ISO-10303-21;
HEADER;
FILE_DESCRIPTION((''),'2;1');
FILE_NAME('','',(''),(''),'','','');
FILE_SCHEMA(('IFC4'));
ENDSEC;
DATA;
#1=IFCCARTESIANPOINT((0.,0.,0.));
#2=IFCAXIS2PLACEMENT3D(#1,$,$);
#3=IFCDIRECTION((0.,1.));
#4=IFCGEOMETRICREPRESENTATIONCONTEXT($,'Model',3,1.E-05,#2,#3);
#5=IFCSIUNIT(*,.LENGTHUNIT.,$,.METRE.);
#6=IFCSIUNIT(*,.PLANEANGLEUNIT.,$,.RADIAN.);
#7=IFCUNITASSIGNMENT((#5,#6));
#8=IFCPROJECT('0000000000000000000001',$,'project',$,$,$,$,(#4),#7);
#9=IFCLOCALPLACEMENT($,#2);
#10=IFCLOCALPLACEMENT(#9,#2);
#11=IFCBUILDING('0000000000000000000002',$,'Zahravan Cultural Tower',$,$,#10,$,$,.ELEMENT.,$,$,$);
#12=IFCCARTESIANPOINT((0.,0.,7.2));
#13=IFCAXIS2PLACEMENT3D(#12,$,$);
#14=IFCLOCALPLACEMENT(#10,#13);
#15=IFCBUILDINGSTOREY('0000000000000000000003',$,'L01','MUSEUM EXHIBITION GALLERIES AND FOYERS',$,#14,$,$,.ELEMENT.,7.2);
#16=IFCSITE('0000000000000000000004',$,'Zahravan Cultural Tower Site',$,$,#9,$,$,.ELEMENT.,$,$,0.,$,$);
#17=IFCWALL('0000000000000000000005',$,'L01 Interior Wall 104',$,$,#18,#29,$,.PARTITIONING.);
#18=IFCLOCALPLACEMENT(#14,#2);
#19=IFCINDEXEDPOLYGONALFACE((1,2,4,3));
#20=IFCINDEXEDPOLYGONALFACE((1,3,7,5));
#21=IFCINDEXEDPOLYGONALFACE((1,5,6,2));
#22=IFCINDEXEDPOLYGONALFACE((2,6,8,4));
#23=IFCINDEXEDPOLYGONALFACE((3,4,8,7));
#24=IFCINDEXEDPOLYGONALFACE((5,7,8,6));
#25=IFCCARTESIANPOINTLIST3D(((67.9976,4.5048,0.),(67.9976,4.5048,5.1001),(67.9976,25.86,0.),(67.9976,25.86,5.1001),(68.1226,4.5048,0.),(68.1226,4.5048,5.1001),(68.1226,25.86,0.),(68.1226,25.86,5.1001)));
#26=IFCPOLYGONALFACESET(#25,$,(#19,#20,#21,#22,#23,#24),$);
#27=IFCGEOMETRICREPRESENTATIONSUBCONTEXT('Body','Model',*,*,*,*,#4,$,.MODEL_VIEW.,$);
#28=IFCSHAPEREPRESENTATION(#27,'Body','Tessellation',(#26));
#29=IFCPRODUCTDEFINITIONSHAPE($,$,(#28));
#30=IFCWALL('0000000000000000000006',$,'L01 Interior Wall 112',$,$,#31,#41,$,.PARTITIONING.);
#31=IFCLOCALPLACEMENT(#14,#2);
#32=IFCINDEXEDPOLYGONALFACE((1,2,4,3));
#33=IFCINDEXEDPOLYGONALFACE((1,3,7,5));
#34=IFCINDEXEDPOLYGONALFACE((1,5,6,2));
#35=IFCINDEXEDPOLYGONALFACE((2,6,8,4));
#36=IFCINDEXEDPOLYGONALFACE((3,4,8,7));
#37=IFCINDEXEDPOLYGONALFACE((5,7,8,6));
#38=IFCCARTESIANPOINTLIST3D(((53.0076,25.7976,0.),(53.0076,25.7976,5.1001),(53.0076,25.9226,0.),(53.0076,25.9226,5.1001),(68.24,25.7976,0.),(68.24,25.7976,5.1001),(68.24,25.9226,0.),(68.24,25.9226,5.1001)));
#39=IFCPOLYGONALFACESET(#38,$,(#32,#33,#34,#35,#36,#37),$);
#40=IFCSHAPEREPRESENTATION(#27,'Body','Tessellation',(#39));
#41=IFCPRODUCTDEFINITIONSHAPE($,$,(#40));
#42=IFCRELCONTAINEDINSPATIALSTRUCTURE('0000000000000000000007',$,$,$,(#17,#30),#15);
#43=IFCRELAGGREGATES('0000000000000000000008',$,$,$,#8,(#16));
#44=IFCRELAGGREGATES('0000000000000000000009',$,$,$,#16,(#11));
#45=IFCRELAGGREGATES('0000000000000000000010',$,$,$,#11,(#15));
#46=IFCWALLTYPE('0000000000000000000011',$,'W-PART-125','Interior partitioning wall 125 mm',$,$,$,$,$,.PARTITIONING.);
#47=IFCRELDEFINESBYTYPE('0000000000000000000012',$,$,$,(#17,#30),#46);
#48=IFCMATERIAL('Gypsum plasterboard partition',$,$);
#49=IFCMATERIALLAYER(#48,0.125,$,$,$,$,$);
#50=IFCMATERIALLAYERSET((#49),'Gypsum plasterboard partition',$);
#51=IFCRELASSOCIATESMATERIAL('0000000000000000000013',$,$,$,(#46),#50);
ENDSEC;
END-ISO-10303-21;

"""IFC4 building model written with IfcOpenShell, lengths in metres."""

from ifc_helpers import new_model, si_unit, direction, frame, frame_2d, origin, place, context, subcontext, project, spatial, rectangle, extrude, source, transform, mapped, material, layer, layer_set, type_object, element, save


model = new_model("IFC4")

# Units and contexts
model_context = context("Model", 3, precision=1e-05, world=origin(), true_north=direction((0.0, 1.0)))
body_context = subcontext(model_context, "Body", "Model", "MODEL_VIEW")
ifc_project = project(units=[si_unit("LENGTHUNIT", "METRE"), si_unit("PLANEANGLEUNIT", "RADIAN")], contexts=[model_context])

# Site, building, storey
site_placement = place(None, origin())
site = spatial("IfcSite", under=ifc_project, at=site_placement, Name="Zahravan Cultural Tower Site", CompositionType="ELEMENT", RefElevation=0.0)
building_placement = place(site_placement, origin())
building = spatial("IfcBuilding", under=site, at=building_placement, Name="Zahravan Cultural Tower", CompositionType="ELEMENT")
storey_placement = place(building_placement, frame((0.0, 0.0, 7.2)))
storey = spatial("IfcBuildingStorey", under=building, at=storey_placement, Name="L01", Description="MUSEUM EXHIBITION GALLERIES AND FOYERS", CompositionType="ELEMENT", Elevation=7.2)

# Walls
ifc_material_1 = material(Name="Gypsum plasterboard partition")
ifc_layer_1 = layer(ifc_material_1, 0.125)
ifc_layer_set_1 = layer_set([ifc_layer_1], Name="Gypsum plasterboard partition")
wall_type = type_object("IfcWallType", Name="W-PART-125", Description="Interior partitioning wall 125 mm", PredefinedType="PARTITIONING", material=ifc_layer_set_1)
shared_shape_1 = source(origin(), body_context, "Body", "SweptSolid", [
    extrude(rectangle(XDim=21.3552, YDim=0.125, at=frame_2d((10.6777, 0.0))), origin(), (0.0, 0.0, 1.0), 5.1001),
])
wall_1_placement = place(storey_placement, frame((68.0601, 25.8601, 0.0), z_axis=(0.0, 0.0, 1.0), x_axis=(0.0, -1.0, 0.0)))
element("IfcWall", 1, at=wall_1_placement, inside=storey, type_object=wall_type, Name="L01 Interior Wall 104", PredefinedType="PARTITIONING", context=body_context, shape_type="MappedRepresentation", body=[
    mapped(shared_shape_1, transform((0.0, 0.0, 0.0), x_axis=(1.0, 0.0, 0.0), y_axis=(0.0, 1.0, 0.0), z_axis=(0.0, 0.0, 1.0), scale=1.0)),
])
shared_shape_2 = source(origin(), body_context, "Body", "SweptSolid", [
    extrude(rectangle(XDim=15.2324, YDim=0.125, at=frame_2d((7.6162, 0.0))), origin(), (0.0, 0.0, 1.0), 5.1001),
])
wall_2_placement = place(storey_placement, frame((53.0076, 25.8601, 0.0), z_axis=(0.0, 0.0, 1.0), x_axis=(1.0, 0.0, 0.0)))
element("IfcWall", 2, at=wall_2_placement, inside=storey, type_object=wall_type, Name="L01 Interior Wall 112", PredefinedType="PARTITIONING", context=body_context, shape_type="MappedRepresentation", body=[
    mapped(shared_shape_2, transform((0.0, 0.0, 0.0), x_axis=(1.0, 0.0, 0.0), y_axis=(0.0, 1.0, 0.0), z_axis=(0.0, 0.0, 1.0), scale=1.0)),
])

save(model, "model.ifc")
